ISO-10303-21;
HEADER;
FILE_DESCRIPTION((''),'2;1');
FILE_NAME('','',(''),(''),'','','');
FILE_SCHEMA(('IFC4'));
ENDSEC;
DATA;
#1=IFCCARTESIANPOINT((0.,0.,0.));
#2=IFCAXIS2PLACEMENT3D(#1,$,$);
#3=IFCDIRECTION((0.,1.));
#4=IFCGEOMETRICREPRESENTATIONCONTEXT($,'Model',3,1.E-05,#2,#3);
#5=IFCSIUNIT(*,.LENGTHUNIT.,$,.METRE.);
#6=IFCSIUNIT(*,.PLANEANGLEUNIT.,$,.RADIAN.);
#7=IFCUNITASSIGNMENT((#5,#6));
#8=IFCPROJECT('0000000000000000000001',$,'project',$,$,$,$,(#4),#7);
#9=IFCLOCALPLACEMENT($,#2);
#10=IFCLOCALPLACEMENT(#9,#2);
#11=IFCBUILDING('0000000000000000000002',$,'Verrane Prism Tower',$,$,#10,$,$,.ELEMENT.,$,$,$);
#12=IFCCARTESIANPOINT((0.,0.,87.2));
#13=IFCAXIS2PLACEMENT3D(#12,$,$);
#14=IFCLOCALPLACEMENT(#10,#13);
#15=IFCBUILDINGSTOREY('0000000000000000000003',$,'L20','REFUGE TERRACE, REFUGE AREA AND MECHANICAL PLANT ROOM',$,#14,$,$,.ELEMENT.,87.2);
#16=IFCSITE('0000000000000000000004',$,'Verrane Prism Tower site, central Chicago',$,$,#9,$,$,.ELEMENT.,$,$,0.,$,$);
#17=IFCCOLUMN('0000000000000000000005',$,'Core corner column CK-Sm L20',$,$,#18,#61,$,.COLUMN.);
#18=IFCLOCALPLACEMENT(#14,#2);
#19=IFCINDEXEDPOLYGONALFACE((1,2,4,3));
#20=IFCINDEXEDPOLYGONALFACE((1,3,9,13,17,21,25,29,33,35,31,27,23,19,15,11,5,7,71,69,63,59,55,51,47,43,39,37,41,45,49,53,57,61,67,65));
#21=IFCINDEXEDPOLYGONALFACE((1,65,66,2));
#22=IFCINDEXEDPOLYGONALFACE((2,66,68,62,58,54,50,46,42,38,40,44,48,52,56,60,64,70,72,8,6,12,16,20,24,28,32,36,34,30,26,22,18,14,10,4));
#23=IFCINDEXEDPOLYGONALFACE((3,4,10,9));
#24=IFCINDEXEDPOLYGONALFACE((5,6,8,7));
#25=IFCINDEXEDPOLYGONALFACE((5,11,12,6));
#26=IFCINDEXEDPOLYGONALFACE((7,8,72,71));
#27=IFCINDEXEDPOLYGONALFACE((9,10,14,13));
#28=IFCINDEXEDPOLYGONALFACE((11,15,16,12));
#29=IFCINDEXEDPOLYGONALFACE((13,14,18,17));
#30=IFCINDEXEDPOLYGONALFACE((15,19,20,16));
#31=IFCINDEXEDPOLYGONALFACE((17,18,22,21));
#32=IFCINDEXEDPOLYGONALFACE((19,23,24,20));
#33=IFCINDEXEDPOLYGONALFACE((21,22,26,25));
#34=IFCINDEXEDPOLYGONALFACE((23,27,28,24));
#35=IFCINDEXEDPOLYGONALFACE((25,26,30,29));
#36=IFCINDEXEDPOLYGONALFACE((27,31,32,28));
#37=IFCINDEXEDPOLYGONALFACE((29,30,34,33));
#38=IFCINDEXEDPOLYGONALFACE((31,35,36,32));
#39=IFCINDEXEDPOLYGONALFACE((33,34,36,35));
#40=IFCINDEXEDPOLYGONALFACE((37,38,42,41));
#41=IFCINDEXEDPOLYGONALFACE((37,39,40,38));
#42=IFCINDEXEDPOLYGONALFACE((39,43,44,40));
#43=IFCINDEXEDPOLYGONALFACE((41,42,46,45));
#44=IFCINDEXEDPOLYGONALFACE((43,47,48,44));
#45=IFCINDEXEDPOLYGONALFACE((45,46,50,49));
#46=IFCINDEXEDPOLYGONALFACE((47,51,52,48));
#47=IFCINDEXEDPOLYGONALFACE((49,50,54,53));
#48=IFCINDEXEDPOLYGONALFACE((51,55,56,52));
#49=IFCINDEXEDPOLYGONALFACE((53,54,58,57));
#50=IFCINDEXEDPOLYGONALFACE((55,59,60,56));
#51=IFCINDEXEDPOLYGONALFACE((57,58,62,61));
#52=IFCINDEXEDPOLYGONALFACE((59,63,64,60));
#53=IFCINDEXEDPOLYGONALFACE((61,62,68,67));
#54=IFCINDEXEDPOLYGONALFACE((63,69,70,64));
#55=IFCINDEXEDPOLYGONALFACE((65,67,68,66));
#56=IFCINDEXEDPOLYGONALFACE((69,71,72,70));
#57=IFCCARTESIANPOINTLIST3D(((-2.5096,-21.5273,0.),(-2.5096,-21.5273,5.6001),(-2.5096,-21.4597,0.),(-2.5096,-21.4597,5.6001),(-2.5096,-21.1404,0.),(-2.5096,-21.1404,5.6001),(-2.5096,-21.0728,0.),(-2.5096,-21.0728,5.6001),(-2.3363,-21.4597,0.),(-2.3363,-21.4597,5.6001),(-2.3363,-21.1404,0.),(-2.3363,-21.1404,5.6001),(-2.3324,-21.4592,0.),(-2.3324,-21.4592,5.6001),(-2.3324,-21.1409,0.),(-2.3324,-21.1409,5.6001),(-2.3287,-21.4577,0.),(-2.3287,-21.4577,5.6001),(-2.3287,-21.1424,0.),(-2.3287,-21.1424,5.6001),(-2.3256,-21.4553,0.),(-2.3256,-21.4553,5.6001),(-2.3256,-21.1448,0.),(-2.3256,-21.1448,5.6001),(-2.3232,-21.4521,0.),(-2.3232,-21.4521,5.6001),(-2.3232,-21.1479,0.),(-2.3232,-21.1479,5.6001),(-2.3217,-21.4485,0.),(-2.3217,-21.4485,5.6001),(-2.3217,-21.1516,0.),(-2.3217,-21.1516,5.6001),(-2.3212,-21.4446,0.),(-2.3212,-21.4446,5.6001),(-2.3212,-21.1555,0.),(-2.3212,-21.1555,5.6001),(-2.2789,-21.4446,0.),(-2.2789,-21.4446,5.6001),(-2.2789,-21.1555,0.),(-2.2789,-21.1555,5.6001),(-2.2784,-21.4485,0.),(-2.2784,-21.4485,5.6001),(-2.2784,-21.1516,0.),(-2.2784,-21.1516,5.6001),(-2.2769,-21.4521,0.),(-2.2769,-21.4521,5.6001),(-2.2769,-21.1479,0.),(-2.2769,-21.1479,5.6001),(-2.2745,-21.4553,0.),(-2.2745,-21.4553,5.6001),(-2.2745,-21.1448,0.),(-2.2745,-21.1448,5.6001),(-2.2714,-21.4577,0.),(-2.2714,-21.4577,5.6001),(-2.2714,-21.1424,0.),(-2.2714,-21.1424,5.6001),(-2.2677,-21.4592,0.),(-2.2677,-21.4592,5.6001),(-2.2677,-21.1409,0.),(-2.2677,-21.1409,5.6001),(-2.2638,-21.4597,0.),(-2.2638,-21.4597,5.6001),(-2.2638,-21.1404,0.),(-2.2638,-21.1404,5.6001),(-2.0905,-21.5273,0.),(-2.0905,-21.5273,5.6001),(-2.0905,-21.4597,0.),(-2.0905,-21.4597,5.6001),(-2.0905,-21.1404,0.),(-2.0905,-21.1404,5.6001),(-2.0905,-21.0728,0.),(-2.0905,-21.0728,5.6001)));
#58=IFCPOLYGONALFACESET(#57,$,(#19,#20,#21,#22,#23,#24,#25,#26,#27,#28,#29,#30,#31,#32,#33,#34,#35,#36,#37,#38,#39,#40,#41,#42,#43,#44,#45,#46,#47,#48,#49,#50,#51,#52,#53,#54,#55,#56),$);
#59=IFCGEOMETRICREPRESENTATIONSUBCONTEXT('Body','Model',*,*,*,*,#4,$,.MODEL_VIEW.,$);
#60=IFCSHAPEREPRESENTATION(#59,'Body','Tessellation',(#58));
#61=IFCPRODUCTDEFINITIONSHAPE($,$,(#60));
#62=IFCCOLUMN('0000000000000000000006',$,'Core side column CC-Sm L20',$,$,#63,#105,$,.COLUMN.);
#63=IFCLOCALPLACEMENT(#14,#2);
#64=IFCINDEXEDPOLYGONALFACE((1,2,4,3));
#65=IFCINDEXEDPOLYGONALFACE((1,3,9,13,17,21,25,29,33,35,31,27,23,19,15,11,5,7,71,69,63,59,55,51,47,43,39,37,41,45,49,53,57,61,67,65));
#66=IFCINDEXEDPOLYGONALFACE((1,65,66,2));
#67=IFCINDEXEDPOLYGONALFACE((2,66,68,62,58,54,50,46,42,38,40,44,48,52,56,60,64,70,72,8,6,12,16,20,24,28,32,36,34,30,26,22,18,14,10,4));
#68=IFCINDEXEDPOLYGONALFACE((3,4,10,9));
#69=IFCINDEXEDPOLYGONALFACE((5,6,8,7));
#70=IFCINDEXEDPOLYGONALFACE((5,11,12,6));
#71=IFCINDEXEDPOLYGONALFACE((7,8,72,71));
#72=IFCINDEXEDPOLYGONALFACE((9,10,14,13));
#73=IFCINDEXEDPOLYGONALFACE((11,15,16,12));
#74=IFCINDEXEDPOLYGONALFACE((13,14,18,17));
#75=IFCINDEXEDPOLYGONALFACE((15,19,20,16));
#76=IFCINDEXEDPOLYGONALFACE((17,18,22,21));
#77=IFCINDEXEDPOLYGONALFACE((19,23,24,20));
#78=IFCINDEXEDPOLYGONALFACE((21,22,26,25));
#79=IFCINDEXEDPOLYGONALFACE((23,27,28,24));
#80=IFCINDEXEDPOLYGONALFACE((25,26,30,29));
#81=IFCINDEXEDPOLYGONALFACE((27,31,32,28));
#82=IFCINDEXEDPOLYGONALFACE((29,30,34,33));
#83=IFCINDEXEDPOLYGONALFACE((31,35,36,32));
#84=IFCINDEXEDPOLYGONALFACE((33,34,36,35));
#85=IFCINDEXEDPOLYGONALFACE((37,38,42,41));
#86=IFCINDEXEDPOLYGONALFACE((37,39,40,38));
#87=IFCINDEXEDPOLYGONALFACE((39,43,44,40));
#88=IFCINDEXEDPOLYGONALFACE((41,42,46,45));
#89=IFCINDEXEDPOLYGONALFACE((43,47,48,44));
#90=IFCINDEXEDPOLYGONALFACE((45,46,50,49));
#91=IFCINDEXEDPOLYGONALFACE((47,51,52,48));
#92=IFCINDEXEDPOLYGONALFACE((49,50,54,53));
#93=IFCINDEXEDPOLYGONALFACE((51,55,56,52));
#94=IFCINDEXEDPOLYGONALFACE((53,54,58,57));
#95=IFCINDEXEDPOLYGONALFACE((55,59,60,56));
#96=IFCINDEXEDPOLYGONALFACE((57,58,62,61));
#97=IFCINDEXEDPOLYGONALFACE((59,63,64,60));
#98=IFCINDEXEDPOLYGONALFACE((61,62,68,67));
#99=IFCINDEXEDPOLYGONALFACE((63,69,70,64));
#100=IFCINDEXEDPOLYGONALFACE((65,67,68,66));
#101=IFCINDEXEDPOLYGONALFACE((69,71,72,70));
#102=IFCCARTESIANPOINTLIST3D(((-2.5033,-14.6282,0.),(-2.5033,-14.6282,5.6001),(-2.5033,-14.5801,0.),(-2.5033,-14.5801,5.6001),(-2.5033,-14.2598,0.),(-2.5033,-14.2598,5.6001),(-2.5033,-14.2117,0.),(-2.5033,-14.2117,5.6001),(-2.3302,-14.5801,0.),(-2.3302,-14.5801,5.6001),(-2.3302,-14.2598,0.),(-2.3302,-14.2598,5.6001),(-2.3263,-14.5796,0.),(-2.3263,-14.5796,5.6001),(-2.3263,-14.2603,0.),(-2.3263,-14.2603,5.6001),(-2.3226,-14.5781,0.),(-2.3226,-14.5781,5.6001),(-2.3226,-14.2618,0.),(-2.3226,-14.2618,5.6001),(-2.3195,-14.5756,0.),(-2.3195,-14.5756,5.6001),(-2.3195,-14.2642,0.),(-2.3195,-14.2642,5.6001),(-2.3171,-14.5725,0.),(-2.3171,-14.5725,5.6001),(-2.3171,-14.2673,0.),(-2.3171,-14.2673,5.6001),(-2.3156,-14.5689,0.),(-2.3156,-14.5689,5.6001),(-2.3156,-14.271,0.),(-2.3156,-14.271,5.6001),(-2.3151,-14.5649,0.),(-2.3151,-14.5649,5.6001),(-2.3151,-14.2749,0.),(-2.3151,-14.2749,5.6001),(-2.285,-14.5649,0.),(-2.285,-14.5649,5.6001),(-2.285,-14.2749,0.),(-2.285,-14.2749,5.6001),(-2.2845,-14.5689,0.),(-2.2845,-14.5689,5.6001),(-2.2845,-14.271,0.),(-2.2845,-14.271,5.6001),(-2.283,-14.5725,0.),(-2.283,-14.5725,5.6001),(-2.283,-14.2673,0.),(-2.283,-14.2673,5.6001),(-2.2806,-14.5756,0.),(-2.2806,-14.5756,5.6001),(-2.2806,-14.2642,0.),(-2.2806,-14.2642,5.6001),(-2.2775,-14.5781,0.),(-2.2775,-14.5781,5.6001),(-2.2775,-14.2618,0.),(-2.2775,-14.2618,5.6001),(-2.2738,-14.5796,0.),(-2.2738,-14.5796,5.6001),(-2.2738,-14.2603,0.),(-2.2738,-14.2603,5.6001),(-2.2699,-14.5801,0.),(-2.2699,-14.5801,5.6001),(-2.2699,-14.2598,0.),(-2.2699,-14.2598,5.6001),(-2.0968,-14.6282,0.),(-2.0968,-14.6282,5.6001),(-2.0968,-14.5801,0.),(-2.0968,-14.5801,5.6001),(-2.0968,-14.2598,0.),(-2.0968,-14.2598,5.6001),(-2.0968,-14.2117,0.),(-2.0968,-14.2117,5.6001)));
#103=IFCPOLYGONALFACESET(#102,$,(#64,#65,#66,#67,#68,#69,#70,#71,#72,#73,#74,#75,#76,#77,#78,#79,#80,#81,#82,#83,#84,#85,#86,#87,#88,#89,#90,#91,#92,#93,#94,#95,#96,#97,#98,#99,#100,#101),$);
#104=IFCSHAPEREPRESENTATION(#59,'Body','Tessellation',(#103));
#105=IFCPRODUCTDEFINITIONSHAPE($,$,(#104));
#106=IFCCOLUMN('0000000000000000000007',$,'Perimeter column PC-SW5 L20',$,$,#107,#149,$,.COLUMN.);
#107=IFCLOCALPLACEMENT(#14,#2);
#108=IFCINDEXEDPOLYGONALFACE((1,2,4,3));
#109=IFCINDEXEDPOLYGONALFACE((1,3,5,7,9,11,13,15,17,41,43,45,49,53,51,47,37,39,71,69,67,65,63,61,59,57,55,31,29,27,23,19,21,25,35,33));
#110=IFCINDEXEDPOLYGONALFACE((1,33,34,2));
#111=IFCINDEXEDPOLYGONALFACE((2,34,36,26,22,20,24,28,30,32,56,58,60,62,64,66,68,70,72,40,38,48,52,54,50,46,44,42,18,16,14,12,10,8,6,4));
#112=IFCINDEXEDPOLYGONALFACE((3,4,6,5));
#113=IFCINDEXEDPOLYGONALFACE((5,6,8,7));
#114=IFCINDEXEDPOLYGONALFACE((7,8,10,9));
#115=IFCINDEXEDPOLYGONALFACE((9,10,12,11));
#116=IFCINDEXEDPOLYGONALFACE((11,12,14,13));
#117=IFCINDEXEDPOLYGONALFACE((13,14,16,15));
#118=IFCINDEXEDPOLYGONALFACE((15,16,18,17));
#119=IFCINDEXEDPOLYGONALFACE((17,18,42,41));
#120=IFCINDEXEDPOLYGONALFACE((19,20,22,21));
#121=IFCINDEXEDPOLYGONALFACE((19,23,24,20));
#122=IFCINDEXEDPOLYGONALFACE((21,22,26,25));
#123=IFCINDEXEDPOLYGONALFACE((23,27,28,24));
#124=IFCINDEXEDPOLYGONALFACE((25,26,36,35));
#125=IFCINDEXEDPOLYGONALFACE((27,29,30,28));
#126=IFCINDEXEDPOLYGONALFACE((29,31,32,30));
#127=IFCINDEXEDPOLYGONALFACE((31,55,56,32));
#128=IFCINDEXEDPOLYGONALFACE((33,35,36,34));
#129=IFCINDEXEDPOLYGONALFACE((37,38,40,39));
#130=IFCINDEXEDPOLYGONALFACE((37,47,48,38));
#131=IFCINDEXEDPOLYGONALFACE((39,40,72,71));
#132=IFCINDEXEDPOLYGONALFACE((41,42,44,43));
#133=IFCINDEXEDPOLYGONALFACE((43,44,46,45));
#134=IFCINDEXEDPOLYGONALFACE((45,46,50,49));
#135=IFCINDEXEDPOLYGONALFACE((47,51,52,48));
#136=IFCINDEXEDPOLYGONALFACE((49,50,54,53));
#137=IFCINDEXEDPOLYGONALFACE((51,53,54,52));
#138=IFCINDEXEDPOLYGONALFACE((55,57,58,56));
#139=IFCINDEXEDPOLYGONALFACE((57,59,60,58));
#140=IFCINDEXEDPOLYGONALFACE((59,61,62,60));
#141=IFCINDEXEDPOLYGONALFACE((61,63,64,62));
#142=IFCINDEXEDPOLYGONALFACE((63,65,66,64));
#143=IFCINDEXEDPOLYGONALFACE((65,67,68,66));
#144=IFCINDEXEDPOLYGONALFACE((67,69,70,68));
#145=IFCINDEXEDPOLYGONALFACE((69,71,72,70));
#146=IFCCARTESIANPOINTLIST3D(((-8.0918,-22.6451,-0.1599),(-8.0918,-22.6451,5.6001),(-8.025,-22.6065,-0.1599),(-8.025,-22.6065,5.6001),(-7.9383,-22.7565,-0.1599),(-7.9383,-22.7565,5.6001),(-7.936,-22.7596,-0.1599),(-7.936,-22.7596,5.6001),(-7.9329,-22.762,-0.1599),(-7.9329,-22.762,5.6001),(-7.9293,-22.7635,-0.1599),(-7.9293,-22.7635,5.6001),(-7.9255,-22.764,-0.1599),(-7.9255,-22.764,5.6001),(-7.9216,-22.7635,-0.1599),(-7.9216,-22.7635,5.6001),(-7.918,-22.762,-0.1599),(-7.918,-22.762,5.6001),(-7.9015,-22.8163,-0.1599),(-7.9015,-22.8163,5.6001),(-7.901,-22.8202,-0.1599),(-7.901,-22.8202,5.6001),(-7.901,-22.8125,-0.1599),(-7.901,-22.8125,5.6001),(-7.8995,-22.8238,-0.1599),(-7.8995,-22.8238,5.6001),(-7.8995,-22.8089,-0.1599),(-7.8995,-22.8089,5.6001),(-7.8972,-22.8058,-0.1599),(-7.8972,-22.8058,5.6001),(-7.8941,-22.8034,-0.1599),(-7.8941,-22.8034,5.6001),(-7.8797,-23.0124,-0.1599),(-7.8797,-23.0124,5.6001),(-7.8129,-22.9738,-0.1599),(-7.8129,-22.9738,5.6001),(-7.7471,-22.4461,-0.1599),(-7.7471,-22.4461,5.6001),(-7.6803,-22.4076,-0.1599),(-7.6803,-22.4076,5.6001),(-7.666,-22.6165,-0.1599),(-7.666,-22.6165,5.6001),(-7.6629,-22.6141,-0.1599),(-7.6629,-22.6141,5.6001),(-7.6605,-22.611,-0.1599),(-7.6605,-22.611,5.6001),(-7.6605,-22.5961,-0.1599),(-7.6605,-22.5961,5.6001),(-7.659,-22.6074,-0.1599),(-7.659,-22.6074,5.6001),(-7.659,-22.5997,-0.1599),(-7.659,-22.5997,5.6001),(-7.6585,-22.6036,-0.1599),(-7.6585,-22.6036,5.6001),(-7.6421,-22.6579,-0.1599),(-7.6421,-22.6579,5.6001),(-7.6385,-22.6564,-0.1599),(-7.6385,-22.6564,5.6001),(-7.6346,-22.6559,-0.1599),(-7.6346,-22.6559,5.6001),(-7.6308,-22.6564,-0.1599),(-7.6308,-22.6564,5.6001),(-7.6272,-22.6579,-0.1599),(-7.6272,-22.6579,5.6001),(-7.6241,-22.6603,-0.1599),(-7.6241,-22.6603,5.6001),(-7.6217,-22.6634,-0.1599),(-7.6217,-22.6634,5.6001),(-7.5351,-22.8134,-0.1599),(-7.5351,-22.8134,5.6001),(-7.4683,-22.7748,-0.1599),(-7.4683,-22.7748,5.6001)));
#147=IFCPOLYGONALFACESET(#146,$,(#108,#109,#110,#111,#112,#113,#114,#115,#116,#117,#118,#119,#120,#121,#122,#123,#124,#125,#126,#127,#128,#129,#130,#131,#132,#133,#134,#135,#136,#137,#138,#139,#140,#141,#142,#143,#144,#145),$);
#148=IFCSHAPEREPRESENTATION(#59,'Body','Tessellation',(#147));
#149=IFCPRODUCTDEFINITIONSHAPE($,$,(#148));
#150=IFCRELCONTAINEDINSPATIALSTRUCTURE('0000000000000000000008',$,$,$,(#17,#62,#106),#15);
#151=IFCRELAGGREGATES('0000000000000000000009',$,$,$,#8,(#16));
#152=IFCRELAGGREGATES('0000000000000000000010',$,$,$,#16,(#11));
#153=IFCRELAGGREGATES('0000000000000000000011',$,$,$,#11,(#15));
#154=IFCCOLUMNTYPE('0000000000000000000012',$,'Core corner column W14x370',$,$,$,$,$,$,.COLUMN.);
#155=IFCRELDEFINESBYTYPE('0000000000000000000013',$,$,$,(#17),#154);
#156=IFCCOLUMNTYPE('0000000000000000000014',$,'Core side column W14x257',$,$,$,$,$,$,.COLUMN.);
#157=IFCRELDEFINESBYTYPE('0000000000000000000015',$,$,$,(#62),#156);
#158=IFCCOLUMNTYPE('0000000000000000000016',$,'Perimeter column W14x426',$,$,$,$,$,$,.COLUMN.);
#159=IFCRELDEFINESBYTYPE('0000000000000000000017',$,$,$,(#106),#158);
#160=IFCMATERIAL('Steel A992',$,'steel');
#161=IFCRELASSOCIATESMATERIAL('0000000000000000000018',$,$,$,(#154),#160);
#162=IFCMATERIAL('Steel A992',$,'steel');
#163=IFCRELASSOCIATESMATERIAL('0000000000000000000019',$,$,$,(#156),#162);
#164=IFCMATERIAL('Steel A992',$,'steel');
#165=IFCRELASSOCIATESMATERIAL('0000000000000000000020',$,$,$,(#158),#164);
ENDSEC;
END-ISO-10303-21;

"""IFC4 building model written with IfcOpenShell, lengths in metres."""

from ifc_helpers import new_model, si_unit, direction, frame, origin, origin_2d, place, context, subcontext, project, spatial, i_section, extrude, material, material_profile, profile_set, type_object, element, save


model = new_model("IFC4")

# Units and contexts
model_context = context("Model", 3, precision=1e-05, world=origin(), true_north=direction((0.0, 1.0)))
body_context = subcontext(model_context, "Body", "Model", "MODEL_VIEW")
ifc_project = project(units=[si_unit("LENGTHUNIT", "METRE"), si_unit("PLANEANGLEUNIT", "RADIAN")], contexts=[model_context])

# Site, building, storey
site_placement = place(None, origin())
site = spatial("IfcSite", under=ifc_project, at=site_placement, Name="Verrane Prism Tower site, central Chicago", CompositionType="ELEMENT", RefElevation=0.0)
building_placement = place(site_placement, origin())
building = spatial("IfcBuilding", under=site, at=building_placement, Name="Verrane Prism Tower", CompositionType="ELEMENT")
storey_placement = place(building_placement, frame((0.0, 0.0, 87.2)))
storey = spatial("IfcBuildingStorey", under=building, at=storey_placement, Name="L20", Description="REFUGE TERRACE, REFUGE AREA AND MECHANICAL PLANT ROOM", CompositionType="ELEMENT", Elevation=87.2)

# Columns
ifc_material_1 = material(Name="Steel A992", Category="steel")
ifc_material_profile_1 = material_profile(ifc_material_1, i_section(OverallWidth=0.4192, OverallDepth=0.4546, WebThickness=0.0422, FlangeThickness=0.0676, FilletRadius=0.0151, at=origin_2d()), Name="W14x370")
ifc_profile_set_1 = profile_set([ifc_material_profile_1], Name="Steel A992")
column_type_1 = type_object("IfcColumnType", Name="Core corner column W14x370", PredefinedType="COLUMN", material=ifc_profile_set_1)
column_1_placement = place(storey_placement, frame((-2.3, -21.3, 0.0), z_axis=(0.0, 0.0, 1.0), x_axis=(-1.0, 0.0, 0.0)))
element("IfcColumn", 1, at=column_1_placement, inside=storey, type_object=column_type_1, Name="Core corner column CK-Sm L20", PredefinedType="COLUMN", context=body_context, shape_type="SweptSolid", body=[
    extrude(i_section(OverallWidth=0.4192, OverallDepth=0.4546, WebThickness=0.0422, FlangeThickness=0.0676, FilletRadius=0.0151, at=origin_2d()), origin(), (0.0, 0.0, 1.0), 5.6001),
])
ifc_material_2 = material(Name="Steel A992", Category="steel")
ifc_material_profile_2 = material_profile(ifc_material_2, i_section(OverallWidth=0.4065, OverallDepth=0.4165, WebThickness=0.03, FlangeThickness=0.0481, FilletRadius=0.0151, at=origin_2d()), Name="W14x257")
ifc_profile_set_2 = profile_set([ifc_material_profile_2], Name="Steel A992")
column_type_2 = type_object("IfcColumnType", Name="Core side column W14x257", PredefinedType="COLUMN", material=ifc_profile_set_2)
column_2_placement = place(storey_placement, frame((-2.3, -14.4199, 0.0), z_axis=(0.0, 0.0, 1.0), x_axis=(1.0, 0.0, 0.0)))
element("IfcColumn", 2, at=column_2_placement, inside=storey, type_object=column_type_2, Name="Core side column CC-Sm L20", PredefinedType="COLUMN", context=body_context, shape_type="SweptSolid", body=[
    extrude(i_section(OverallWidth=0.4065, OverallDepth=0.4165, WebThickness=0.03, FlangeThickness=0.0481, FilletRadius=0.0151, at=origin_2d()), origin(), (0.0, 0.0, 1.0), 5.6001),
])
ifc_material_3 = material(Name="Steel A992", Category="steel")
ifc_material_profile_3 = material_profile(ifc_material_3, i_section(OverallWidth=0.4241, OverallDepth=0.4751, WebThickness=0.0479, FlangeThickness=0.0771, FilletRadius=0.0149, at=origin_2d()), Name="W14x426")
ifc_profile_set_3 = profile_set([ifc_material_profile_3], Name="Steel A992")
column_type_3 = type_object("IfcColumnType", Name="Perimeter column W14x426", PredefinedType="COLUMN", material=ifc_profile_set_3)
column_3_placement = place(storey_placement, frame((-7.78, -22.71, -0.1599), z_axis=(0.0, 0.0, 1.0), x_axis=(-0.5, 0.866025, 0.0)))
element("IfcColumn", 3, at=column_3_placement, inside=storey, type_object=column_type_3, Name="Perimeter column PC-SW5 L20", PredefinedType="COLUMN", context=body_context, shape_type="SweptSolid", body=[
    extrude(i_section(OverallWidth=0.4241, OverallDepth=0.4751, WebThickness=0.0479, FlangeThickness=0.0771, FilletRadius=0.0149, at=origin_2d()), origin(), (0.0, 0.0, 1.0), 5.76),
])

save(model, "model.ifc")
